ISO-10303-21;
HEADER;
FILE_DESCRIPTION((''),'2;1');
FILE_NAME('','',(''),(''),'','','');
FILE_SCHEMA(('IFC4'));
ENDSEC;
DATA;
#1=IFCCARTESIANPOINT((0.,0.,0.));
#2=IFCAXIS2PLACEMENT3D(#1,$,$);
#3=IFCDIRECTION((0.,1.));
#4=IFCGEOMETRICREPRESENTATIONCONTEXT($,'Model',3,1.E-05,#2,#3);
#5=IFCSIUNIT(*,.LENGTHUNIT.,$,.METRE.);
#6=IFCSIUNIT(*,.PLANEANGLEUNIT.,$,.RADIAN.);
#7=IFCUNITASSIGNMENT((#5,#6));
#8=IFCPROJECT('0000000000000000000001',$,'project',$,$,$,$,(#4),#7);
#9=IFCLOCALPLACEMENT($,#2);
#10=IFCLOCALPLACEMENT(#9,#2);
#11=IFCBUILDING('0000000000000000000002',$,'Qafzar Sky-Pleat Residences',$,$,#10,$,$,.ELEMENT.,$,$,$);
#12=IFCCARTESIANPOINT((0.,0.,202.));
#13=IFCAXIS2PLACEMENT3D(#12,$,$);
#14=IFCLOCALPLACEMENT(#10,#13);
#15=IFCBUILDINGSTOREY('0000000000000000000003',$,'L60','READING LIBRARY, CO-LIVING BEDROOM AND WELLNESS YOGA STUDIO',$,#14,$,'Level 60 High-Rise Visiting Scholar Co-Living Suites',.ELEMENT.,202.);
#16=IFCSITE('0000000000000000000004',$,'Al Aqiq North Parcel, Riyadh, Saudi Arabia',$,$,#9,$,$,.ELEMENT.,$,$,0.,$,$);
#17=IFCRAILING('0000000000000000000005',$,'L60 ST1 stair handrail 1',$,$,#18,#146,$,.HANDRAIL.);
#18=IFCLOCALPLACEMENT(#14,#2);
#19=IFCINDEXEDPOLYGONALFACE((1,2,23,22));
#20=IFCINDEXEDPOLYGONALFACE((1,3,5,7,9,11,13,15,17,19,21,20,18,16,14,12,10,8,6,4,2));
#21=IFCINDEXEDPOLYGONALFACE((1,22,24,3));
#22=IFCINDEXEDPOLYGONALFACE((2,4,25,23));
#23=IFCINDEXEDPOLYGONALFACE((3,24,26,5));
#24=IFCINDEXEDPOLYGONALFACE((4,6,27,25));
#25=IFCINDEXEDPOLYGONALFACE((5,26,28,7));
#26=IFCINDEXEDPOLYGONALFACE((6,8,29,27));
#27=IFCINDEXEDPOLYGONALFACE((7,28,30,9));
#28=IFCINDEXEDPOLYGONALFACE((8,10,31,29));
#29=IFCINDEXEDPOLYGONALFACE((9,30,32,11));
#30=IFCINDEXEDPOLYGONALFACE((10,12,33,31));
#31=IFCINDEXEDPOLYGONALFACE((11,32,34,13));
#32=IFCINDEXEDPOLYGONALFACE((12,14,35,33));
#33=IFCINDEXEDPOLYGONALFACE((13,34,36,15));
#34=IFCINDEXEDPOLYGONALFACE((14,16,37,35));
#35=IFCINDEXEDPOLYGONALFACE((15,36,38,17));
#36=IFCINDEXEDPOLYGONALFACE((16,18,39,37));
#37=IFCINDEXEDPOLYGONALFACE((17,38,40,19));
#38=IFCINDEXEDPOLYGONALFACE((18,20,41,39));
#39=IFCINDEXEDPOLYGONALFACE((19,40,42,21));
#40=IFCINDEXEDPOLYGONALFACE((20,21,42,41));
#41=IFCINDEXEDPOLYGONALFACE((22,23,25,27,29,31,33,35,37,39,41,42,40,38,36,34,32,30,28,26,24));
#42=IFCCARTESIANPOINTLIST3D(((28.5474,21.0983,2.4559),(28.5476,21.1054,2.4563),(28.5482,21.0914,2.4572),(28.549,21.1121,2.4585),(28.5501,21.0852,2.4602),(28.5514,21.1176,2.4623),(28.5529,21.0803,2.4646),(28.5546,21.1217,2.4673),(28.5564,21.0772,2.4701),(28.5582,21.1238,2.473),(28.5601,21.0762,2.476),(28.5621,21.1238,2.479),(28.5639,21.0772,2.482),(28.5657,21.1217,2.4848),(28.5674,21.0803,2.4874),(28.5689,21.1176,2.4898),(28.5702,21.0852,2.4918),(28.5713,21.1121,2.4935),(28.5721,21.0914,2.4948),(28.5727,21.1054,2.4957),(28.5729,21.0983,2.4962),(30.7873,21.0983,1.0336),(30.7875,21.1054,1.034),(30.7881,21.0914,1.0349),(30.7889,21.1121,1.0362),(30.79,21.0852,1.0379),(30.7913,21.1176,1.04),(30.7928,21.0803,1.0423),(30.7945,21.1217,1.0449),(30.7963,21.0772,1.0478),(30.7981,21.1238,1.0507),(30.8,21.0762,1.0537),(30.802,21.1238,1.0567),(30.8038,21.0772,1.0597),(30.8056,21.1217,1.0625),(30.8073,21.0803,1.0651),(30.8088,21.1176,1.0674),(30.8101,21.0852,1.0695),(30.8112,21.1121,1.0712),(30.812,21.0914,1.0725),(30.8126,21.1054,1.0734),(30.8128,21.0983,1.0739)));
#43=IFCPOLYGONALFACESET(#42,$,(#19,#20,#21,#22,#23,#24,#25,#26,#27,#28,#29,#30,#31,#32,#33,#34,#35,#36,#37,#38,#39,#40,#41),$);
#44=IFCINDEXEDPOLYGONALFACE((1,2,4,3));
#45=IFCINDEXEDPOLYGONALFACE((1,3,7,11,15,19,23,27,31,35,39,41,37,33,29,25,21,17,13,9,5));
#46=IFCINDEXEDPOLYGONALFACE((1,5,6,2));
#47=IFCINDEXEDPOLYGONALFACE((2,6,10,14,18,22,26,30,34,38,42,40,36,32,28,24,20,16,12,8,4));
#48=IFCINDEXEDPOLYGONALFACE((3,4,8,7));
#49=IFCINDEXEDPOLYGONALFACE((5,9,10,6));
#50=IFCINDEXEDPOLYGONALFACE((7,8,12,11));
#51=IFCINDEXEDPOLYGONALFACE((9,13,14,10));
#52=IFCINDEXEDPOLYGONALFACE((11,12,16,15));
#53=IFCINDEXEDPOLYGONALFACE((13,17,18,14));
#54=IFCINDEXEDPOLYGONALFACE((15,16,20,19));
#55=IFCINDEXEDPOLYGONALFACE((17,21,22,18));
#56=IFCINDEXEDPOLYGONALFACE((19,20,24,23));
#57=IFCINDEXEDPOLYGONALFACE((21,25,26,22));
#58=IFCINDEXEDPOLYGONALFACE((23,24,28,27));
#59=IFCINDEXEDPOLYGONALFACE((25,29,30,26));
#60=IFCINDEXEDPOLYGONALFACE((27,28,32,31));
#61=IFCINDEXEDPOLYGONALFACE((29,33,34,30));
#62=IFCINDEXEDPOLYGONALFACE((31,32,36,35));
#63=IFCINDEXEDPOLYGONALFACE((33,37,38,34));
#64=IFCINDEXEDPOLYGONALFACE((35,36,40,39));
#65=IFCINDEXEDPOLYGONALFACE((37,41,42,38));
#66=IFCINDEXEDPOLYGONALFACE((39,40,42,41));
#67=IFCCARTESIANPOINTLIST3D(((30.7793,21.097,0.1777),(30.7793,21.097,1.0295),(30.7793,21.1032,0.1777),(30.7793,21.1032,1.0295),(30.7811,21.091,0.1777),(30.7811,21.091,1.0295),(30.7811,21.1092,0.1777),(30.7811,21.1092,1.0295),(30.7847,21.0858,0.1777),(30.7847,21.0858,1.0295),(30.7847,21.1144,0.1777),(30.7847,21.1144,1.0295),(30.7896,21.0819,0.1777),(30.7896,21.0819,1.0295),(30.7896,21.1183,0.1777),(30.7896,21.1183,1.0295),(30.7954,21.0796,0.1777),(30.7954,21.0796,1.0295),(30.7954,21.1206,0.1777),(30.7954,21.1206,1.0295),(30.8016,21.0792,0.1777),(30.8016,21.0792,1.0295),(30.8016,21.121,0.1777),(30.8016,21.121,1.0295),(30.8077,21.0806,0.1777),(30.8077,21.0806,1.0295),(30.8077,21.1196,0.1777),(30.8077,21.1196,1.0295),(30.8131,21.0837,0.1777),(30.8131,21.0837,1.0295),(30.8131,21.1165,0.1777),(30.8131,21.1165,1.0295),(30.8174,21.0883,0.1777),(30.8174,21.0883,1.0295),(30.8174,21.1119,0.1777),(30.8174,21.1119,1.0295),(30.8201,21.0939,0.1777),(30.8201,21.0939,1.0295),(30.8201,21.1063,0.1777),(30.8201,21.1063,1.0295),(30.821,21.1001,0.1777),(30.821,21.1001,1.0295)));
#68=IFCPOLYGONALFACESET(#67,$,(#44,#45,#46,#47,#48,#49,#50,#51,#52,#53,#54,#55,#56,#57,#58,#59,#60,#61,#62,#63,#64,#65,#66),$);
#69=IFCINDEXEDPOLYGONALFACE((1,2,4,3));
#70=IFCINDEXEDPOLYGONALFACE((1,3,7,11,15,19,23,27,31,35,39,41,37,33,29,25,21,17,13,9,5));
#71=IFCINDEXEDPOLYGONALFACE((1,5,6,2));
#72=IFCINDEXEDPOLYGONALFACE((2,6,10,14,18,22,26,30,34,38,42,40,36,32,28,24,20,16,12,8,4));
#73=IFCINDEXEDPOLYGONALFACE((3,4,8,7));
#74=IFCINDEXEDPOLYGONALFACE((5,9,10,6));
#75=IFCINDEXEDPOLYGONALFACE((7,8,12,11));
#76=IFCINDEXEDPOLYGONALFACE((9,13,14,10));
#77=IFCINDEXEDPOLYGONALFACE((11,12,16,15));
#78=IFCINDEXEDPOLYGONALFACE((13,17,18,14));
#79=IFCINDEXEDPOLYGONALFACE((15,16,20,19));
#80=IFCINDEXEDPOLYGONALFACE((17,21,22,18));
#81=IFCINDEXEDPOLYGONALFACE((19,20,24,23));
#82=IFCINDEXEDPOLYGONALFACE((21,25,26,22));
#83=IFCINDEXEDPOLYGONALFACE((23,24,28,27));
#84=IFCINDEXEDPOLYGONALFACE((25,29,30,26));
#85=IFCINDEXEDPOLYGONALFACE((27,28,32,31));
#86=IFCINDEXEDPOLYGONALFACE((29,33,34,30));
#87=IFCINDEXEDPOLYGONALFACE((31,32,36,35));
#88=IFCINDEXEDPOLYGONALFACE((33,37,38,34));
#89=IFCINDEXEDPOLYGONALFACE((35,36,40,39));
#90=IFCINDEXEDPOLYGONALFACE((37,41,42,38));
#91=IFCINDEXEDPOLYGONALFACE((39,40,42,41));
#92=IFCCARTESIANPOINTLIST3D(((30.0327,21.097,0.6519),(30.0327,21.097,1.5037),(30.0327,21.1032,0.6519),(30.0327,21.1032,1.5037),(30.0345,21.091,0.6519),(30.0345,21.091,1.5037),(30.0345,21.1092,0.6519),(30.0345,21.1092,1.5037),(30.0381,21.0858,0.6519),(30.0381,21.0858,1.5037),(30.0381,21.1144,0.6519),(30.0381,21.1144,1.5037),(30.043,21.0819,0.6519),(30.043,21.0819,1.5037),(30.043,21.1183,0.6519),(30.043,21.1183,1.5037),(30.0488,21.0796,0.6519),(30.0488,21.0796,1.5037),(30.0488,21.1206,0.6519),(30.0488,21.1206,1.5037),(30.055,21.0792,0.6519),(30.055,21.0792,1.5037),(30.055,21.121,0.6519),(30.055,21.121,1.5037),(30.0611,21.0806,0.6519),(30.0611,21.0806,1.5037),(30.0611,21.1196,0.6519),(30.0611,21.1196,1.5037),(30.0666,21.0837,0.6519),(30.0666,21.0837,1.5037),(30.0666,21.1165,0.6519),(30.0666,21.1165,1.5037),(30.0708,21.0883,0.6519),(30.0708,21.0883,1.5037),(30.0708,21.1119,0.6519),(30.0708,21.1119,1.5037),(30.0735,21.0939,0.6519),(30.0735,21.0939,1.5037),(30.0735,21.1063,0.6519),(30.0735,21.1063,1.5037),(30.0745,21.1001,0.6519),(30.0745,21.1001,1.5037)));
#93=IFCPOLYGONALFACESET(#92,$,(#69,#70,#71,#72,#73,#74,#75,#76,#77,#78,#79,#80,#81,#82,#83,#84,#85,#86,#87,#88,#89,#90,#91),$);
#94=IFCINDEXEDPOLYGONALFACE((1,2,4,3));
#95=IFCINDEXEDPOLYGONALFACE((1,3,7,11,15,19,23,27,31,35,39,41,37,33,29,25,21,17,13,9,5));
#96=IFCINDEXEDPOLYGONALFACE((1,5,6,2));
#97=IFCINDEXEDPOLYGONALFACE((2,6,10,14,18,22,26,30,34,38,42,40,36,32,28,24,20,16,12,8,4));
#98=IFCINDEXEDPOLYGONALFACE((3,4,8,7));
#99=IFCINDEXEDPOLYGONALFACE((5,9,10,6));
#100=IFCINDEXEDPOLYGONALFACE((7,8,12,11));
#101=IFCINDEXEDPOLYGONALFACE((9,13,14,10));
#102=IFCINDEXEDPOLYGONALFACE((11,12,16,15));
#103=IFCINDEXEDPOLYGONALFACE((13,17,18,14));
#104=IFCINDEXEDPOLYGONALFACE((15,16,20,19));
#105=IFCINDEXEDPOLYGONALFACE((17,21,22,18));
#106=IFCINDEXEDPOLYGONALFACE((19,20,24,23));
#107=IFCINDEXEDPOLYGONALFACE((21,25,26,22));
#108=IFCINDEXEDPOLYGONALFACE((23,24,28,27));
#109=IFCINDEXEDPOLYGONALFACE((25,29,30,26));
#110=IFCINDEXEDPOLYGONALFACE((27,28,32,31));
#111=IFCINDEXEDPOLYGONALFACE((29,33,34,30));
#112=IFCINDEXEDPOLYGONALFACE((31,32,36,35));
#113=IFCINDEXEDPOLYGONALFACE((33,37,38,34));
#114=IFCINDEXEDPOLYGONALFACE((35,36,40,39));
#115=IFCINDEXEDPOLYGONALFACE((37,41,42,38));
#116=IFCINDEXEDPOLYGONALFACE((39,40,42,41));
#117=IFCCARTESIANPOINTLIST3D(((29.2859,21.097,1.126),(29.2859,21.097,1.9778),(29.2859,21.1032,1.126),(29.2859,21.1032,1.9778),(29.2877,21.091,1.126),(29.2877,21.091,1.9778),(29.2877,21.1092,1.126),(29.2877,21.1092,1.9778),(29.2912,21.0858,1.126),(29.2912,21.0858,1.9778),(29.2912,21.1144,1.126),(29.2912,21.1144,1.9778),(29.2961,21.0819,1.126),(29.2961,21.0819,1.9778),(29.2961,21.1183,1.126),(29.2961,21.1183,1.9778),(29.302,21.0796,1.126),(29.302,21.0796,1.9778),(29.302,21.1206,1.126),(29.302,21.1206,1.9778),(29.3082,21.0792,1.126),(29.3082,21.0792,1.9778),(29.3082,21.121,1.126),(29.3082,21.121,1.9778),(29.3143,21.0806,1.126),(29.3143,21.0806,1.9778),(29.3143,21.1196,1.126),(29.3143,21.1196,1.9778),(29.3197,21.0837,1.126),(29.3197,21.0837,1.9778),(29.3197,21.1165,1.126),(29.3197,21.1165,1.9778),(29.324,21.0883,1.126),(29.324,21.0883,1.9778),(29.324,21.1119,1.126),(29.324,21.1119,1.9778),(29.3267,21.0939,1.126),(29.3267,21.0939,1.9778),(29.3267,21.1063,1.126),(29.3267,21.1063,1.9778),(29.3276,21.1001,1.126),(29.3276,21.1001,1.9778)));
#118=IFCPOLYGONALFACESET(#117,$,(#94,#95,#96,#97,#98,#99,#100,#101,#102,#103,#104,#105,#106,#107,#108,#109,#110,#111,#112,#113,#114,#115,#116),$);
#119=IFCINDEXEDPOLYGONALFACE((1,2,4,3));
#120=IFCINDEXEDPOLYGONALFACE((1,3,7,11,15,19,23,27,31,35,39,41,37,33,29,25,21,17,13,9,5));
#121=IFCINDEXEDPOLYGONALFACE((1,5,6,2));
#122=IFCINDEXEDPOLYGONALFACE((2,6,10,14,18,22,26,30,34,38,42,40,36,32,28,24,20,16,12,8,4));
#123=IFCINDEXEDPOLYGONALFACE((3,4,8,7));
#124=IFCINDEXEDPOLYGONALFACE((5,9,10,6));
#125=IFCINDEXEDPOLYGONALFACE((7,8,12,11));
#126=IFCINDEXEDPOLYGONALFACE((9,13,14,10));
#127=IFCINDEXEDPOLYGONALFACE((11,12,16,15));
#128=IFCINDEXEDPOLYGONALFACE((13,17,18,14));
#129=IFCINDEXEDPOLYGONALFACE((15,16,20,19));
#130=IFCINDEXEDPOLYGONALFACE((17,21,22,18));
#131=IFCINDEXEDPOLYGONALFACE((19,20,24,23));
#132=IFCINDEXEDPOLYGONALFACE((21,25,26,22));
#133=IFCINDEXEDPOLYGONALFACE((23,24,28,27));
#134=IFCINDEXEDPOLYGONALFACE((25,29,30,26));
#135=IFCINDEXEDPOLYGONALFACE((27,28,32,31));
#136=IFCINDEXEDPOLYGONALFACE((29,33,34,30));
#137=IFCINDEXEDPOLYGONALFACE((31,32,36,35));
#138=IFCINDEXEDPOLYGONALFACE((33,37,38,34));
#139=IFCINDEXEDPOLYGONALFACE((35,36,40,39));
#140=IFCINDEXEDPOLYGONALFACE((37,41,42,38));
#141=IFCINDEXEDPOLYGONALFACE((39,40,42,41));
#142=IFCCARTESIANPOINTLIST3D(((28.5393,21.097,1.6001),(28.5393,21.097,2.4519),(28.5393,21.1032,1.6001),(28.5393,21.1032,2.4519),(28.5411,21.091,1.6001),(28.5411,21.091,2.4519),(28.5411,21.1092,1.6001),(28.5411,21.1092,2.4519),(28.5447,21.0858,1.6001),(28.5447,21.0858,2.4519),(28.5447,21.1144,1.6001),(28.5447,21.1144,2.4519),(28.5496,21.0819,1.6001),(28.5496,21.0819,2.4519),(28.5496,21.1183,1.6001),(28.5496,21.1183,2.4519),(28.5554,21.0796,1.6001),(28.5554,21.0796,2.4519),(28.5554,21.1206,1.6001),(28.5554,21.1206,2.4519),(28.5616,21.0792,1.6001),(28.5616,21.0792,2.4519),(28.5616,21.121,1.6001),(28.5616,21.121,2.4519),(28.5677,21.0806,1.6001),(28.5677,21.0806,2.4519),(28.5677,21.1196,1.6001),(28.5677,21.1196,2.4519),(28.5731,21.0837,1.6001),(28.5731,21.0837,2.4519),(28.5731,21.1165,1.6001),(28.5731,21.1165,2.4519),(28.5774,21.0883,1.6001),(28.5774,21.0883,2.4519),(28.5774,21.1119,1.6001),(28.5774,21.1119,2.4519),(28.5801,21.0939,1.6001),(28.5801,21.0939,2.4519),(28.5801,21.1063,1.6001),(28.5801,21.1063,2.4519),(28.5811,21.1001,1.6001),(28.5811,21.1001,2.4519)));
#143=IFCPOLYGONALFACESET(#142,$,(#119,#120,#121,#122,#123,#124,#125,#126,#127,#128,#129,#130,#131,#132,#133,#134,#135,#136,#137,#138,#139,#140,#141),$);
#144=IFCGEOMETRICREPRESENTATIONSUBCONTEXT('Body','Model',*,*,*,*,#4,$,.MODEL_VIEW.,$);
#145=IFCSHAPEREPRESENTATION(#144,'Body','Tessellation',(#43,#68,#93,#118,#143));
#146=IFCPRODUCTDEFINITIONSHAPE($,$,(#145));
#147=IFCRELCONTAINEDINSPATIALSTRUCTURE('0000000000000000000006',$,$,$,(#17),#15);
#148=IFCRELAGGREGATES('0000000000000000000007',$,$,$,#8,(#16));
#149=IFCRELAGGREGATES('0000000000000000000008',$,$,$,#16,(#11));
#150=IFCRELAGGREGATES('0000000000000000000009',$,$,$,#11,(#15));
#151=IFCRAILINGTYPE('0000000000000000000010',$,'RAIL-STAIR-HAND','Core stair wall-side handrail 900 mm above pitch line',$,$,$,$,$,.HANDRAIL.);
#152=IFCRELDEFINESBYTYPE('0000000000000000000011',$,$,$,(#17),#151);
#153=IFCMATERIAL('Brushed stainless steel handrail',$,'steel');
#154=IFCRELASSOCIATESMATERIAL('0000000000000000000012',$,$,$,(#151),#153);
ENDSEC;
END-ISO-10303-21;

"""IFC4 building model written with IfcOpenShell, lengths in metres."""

from ifc_helpers import new_model, si_unit, direction, frame, origin, origin_2d, place, context, subcontext, project, spatial, circle, extrude, source, transform, mapped, material, type_object, element, save


model = new_model("IFC4")

# Units and contexts
model_context = context("Model", 3, precision=1e-05, world=origin(), true_north=direction((0.0, 1.0)))
body_context = subcontext(model_context, "Body", "Model", "MODEL_VIEW")
ifc_project = project(units=[si_unit("LENGTHUNIT", "METRE"), si_unit("PLANEANGLEUNIT", "RADIAN")], contexts=[model_context])

# Site, building, storey
site_placement = place(None, origin())
site = spatial("IfcSite", under=ifc_project, at=site_placement, Name="Al Aqiq North Parcel, Riyadh, Saudi Arabia", CompositionType="ELEMENT", RefElevation=0.0)
building_placement = place(site_placement, origin())
building = spatial("IfcBuilding", under=site, at=building_placement, Name="Qafzar Sky-Pleat Residences", CompositionType="ELEMENT")
storey_placement = place(building_placement, frame((0.0, 0.0, 202.0)))
storey = spatial("IfcBuildingStorey", under=building, at=storey_placement, Name="L60", Description="READING LIBRARY, CO-LIVING BEDROOM AND WELLNESS YOGA STUDIO", LongName="Level 60 High-Rise Visiting Scholar Co-Living Suites", CompositionType="ELEMENT", Elevation=202.0)

# Railing
ifc_material_1 = material(Name="Brushed stainless steel handrail", Category="steel")
railing_type_1 = type_object("IfcRailingType", Name="RAIL-STAIR-HAND", Description="Core stair wall-side handrail 900 mm above pitch line", PredefinedType="HANDRAIL", material=ifc_material_1)
shared_shape_1 = source(origin(), body_context, "Body", "SweptSolid", [
    extrude(circle(Radius=0.0239, at=origin_2d()), frame((0.0, 0.0, 0.876), z_axis=(-0.844188, 0.0, 0.536048), x_axis=(0.0, -1.0, 0.0)), (0.0, 0.0, 1.0), 2.6533),
    extrude(circle(Radius=0.021, at=origin_2d()), origin(), (0.0, 0.0, 1.0), 0.8518),
    extrude(circle(Radius=0.021, at=origin_2d()), frame((-0.7466, 0.0, 0.4741)), (0.0, 0.0, 1.0), 0.8518),
    extrude(circle(Radius=0.021, at=origin_2d()), frame((-1.4934, 0.0, 0.9482)), (0.0, 0.0, 1.0), 0.8518),
    extrude(circle(Radius=0.021, at=origin_2d()), frame((-2.24, 0.0, 1.4224)), (0.0, 0.0, 1.0), 0.8518),
])
railing_1_placement = place(storey_placement, frame((30.8, 21.1001, 0.1777)))
element("IfcRailing", 1, at=railing_1_placement, inside=storey, type_object=railing_type_1, Name="L60 ST1 stair handrail 1", PredefinedType="HANDRAIL", context=body_context, shape_type="MappedRepresentation", body=[
    mapped(shared_shape_1, transform((0.0, 0.0, 0.0), x_axis=(1.0, 0.0, 0.0), y_axis=(0.0, 1.0, 0.0), z_axis=(0.0, 0.0, 1.0), scale=1.0)),
])

save(model, "model.ifc")
